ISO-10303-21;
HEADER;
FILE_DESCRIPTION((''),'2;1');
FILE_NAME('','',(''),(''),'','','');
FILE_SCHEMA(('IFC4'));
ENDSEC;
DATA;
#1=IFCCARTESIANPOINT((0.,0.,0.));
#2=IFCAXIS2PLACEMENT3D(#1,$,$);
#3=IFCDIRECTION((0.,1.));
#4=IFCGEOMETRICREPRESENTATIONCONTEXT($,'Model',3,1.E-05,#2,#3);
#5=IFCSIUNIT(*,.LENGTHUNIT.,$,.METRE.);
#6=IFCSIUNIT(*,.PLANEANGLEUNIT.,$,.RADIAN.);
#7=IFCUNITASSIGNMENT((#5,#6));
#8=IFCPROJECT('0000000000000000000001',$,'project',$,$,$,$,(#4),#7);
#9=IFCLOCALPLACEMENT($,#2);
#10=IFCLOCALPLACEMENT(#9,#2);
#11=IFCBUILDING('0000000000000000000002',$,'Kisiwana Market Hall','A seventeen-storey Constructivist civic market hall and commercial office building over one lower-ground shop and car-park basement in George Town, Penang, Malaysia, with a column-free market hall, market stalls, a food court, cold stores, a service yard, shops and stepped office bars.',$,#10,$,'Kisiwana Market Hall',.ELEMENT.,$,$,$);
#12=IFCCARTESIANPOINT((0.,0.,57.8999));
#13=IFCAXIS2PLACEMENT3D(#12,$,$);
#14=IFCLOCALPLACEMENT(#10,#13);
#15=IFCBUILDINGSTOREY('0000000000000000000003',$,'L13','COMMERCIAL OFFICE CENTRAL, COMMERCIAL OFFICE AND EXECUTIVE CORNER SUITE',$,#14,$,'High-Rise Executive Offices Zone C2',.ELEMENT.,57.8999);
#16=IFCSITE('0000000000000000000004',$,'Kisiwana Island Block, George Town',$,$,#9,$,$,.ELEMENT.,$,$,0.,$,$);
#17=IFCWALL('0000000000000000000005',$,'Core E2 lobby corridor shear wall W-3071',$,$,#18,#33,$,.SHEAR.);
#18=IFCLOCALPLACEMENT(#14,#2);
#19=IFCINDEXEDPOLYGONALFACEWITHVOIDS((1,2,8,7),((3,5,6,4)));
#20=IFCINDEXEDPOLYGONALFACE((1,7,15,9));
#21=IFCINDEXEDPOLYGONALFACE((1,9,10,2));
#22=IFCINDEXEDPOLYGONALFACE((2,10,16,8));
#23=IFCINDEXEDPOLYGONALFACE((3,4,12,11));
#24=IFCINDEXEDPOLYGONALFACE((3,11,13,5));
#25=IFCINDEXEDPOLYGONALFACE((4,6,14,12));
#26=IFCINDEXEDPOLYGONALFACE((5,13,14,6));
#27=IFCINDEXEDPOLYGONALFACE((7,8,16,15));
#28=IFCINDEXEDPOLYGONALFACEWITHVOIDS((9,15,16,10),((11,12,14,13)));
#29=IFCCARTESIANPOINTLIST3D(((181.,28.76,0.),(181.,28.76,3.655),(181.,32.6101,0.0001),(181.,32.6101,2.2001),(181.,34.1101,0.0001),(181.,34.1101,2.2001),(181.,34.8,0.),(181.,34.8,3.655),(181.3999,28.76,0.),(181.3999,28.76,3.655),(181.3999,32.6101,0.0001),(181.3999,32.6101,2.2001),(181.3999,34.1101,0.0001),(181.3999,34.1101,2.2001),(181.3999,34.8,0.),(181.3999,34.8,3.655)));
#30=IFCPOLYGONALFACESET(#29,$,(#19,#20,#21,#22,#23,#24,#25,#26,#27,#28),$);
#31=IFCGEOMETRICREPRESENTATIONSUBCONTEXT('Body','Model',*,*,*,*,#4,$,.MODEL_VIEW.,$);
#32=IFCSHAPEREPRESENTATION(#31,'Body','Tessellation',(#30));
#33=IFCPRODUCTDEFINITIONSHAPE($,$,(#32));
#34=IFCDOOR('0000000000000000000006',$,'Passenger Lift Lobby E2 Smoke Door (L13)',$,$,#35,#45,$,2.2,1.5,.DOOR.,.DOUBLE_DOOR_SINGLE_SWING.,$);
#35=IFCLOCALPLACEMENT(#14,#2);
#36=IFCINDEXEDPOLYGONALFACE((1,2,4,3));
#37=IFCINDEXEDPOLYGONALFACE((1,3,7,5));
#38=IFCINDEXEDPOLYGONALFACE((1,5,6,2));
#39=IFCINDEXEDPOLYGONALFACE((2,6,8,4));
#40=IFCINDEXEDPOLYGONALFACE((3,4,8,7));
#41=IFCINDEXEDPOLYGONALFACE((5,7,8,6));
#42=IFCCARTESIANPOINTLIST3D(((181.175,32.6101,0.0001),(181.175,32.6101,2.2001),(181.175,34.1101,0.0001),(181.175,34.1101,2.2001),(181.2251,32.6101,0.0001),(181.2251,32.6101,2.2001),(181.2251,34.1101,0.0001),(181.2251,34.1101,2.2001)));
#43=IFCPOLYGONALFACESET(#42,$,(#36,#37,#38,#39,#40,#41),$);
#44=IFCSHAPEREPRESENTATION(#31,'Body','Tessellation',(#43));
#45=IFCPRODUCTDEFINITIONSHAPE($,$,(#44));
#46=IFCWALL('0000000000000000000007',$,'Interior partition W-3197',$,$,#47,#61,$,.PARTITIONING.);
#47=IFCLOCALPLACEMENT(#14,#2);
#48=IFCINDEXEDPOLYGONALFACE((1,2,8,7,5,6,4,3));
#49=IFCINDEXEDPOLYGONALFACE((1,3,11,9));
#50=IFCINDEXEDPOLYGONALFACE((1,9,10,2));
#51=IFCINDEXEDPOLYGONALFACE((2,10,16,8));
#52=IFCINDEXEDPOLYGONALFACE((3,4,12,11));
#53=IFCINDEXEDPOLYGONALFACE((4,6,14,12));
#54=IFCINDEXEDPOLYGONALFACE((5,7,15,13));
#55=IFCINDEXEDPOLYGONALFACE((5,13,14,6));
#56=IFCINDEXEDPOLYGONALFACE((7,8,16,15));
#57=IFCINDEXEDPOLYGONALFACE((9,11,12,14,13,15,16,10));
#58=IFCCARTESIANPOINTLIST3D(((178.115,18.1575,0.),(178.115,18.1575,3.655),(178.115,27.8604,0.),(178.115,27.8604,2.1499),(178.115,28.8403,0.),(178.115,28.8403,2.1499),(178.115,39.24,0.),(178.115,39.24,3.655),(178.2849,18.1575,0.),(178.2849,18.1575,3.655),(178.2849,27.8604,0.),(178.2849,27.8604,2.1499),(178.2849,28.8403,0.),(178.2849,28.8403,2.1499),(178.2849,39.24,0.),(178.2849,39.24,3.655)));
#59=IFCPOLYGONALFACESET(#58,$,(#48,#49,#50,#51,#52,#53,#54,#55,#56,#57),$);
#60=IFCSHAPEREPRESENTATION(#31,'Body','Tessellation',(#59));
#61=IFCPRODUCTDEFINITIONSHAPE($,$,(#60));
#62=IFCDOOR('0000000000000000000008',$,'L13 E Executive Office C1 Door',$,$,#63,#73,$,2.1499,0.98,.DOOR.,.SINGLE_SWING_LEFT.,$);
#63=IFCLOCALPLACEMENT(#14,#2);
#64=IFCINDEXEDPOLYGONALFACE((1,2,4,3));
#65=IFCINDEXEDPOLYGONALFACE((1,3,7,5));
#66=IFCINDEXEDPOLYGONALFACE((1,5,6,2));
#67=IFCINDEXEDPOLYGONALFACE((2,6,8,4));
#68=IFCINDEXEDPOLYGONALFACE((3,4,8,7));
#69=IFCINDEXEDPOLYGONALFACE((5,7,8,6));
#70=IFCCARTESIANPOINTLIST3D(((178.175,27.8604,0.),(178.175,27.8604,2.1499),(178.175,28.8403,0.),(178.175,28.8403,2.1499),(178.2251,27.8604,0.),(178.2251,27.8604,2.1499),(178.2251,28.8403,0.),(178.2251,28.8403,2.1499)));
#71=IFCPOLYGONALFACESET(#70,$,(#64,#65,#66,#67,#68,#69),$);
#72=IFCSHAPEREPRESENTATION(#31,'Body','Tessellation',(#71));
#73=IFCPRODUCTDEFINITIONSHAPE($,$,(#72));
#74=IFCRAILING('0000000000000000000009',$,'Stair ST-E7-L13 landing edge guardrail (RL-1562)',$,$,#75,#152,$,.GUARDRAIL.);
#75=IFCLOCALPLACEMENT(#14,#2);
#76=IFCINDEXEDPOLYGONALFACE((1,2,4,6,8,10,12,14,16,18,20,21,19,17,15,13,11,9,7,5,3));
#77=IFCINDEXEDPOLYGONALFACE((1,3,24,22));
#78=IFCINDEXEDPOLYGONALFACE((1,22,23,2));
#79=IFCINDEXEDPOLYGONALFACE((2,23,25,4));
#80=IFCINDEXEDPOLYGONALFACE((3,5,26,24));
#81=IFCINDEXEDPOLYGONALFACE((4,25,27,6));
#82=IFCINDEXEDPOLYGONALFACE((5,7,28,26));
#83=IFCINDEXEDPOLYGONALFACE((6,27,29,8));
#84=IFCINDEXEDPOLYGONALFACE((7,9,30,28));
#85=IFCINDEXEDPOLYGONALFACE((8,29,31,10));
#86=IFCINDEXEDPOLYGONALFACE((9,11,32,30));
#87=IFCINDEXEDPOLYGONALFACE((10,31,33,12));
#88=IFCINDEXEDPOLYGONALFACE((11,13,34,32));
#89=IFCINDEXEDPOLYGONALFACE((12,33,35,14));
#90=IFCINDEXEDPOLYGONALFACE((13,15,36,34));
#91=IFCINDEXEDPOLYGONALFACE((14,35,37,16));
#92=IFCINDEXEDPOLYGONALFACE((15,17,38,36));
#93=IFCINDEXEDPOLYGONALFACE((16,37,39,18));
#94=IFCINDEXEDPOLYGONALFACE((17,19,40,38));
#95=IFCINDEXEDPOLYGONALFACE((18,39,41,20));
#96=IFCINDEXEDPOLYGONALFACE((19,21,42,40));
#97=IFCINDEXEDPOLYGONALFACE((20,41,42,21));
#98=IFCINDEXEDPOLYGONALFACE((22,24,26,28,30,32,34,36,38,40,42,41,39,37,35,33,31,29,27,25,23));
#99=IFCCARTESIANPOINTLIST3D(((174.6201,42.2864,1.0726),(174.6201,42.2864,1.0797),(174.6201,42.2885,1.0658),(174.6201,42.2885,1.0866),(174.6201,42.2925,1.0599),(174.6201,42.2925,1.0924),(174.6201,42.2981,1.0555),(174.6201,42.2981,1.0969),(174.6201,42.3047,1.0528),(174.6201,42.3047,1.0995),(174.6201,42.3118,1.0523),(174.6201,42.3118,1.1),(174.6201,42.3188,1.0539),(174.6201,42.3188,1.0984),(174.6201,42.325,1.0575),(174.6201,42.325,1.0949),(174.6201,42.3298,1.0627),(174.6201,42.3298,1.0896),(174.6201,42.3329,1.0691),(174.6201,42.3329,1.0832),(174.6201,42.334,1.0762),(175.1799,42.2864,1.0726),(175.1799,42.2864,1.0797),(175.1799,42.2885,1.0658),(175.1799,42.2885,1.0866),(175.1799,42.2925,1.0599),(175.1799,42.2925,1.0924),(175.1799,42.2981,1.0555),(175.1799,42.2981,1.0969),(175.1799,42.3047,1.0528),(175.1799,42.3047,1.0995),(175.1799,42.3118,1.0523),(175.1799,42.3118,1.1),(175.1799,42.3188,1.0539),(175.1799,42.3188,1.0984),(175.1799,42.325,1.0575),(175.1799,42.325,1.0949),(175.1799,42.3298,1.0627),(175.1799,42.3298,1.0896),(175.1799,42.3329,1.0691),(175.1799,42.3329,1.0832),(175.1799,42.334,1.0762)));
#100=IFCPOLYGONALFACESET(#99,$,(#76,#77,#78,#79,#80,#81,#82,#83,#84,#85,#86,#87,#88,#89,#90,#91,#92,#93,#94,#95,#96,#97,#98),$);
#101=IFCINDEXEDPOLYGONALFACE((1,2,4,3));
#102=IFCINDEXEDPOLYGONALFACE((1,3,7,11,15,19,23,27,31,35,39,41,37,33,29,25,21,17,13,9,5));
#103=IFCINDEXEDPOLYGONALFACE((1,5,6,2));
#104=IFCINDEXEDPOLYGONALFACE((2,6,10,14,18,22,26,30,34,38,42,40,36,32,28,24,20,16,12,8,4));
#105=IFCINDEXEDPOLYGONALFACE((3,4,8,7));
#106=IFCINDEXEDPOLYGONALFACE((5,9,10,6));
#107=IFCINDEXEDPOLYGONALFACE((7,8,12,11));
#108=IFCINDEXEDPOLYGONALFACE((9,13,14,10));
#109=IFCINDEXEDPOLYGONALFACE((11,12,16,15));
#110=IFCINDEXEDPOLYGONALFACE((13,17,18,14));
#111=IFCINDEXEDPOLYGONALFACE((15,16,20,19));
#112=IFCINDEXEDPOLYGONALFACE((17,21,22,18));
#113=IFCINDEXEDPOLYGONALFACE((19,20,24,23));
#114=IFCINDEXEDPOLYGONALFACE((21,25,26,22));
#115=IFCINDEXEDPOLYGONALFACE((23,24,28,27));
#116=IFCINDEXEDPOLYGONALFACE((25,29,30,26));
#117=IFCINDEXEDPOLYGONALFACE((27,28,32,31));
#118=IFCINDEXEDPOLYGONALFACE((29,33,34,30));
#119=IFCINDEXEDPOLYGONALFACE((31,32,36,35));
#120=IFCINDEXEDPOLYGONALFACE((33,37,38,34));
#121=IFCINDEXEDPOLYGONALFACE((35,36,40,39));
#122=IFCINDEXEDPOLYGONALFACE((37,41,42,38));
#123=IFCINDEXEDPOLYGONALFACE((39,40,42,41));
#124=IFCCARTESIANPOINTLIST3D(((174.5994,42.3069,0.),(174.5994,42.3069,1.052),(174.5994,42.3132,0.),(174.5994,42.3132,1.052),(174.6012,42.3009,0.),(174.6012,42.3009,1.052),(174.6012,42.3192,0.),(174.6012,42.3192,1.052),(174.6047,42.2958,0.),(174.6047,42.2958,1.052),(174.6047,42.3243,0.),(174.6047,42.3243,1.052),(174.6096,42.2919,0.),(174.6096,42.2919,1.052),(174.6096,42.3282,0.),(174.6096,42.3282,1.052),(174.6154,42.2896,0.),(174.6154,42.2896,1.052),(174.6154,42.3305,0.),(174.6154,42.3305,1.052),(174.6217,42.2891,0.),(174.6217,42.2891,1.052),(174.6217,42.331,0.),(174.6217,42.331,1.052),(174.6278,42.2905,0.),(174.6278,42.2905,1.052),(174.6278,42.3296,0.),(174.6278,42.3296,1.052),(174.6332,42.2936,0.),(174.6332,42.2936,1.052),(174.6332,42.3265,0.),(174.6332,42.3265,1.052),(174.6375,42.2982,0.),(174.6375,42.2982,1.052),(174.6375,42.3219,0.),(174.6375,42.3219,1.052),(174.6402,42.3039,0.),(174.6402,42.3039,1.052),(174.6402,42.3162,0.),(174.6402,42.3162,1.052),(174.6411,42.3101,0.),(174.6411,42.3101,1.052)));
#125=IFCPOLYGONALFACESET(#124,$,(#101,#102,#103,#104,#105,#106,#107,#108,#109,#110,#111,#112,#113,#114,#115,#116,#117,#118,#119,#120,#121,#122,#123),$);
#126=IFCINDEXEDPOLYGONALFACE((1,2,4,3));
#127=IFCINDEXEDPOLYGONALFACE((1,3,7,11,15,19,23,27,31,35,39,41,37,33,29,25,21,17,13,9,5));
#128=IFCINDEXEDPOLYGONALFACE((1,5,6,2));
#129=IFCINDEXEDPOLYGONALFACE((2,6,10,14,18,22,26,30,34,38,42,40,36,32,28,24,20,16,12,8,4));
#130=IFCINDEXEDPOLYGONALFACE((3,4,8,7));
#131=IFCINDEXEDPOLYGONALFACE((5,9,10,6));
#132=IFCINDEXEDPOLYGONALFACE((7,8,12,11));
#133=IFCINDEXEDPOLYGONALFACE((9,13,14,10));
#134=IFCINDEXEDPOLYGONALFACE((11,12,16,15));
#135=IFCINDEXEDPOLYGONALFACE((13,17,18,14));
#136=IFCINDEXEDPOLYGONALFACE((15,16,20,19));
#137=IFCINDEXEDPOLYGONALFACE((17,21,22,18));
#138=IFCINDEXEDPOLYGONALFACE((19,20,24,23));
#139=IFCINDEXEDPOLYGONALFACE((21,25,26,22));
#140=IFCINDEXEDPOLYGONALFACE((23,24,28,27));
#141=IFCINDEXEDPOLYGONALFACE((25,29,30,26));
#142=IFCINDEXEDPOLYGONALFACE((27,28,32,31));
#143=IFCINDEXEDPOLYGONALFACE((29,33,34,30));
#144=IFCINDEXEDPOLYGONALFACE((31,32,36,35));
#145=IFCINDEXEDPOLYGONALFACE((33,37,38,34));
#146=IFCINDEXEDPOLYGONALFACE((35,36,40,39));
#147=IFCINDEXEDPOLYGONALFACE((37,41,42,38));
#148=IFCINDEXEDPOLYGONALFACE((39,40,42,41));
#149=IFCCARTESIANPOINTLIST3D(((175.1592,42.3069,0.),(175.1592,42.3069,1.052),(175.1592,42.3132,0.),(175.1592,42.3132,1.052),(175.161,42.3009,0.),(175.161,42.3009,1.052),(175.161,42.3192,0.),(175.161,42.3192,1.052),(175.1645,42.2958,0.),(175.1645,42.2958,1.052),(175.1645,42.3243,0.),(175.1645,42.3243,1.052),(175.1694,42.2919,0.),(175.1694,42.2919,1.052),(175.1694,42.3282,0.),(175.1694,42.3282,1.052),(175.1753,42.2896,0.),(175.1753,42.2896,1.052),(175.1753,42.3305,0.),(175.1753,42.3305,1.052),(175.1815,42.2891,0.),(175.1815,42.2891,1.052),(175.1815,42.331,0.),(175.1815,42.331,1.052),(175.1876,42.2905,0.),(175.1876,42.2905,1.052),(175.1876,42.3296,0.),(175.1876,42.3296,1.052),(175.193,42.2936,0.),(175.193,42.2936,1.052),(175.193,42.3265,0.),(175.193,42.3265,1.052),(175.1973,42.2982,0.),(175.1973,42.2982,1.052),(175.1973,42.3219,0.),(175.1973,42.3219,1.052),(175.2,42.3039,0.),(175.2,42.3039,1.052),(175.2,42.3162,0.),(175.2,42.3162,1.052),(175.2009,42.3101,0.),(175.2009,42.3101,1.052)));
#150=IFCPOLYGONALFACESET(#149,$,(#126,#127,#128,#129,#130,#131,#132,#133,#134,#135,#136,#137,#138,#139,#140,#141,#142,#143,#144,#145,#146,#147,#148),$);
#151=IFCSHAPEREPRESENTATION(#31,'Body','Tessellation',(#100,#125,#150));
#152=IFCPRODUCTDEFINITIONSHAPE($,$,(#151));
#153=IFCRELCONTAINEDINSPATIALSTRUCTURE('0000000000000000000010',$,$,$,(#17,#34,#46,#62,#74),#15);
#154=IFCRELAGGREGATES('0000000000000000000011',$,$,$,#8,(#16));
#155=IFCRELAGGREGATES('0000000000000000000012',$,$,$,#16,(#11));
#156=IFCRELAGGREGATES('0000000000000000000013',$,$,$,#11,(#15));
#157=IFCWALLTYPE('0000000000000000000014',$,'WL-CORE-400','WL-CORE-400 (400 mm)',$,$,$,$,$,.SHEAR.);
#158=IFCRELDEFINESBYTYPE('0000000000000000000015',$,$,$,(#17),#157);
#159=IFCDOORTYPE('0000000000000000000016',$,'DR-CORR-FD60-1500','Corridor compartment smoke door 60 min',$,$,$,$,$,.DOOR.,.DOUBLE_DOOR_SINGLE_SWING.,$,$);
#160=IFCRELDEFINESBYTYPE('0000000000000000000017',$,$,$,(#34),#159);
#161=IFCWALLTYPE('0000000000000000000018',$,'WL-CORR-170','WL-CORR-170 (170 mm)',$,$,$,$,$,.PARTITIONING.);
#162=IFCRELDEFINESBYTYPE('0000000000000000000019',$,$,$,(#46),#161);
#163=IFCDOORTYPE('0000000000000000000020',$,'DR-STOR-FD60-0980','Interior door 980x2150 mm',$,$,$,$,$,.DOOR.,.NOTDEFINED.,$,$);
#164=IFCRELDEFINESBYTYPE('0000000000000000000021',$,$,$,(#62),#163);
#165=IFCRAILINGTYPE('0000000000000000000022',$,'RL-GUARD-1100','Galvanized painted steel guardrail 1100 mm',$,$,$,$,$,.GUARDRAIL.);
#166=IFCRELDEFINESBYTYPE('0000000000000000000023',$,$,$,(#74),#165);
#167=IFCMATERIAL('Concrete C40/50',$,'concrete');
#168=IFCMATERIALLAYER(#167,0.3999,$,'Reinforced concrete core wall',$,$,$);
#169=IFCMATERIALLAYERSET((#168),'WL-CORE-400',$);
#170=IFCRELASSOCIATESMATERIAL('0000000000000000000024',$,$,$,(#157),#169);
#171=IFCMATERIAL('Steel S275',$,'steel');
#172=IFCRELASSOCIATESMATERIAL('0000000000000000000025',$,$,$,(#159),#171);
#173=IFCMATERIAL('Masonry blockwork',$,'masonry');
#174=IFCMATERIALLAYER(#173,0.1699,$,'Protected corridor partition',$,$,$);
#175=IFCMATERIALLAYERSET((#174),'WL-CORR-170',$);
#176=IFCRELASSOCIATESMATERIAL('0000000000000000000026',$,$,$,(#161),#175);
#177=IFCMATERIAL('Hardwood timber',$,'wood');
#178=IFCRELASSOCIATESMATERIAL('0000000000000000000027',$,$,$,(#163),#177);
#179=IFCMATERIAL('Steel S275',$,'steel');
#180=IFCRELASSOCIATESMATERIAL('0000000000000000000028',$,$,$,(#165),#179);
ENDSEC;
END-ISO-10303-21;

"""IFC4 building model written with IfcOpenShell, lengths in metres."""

from ifc_helpers import new_model, si_unit, direction, frame, frame_2d, origin, origin_2d, place, context, subcontext, project, spatial, rectangle, circle, extrude, material, layer, layer_set, type_object, element, fill, save


model = new_model("IFC4")

# Units and contexts
model_context = context("Model", 3, precision=1e-05, world=origin(), true_north=direction((0.0, 1.0)))
body_context = subcontext(model_context, "Body", "Model", "MODEL_VIEW")
ifc_project = project(units=[si_unit("LENGTHUNIT", "METRE"), si_unit("PLANEANGLEUNIT", "RADIAN")], contexts=[model_context])

# Site, building, storey
site_placement = place(None, origin())
site = spatial("IfcSite", under=ifc_project, at=site_placement, Name="Kisiwana Island Block, George Town", CompositionType="ELEMENT", RefElevation=0.0)
building_placement = place(site_placement, origin())
building = spatial("IfcBuilding", under=site, at=building_placement, Name="Kisiwana Market Hall", Description="A seventeen-storey Constructivist civic market hall and commercial office building over one lower-ground shop and car-park basement in George Town, Penang, Malaysia, with a column-free market hall, market stalls, a food court, cold stores, a service yard, shops and stepped office bars.", LongName="Kisiwana Market Hall", CompositionType="ELEMENT")
storey_placement = place(building_placement, frame((0.0, 0.0, 57.8999)))
storey = spatial("IfcBuildingStorey", under=building, at=storey_placement, Name="L13", Description="COMMERCIAL OFFICE CENTRAL, COMMERCIAL OFFICE AND EXECUTIVE CORNER SUITE", LongName="High-Rise Executive Offices Zone C2", CompositionType="ELEMENT", Elevation=57.8999)

# Shared definitions
ifc_material_1 = material(Name="Concrete C40/50", Category="concrete")
ifc_layer_1 = layer(ifc_material_1, 0.3999, Name="Reinforced concrete core wall")
ifc_layer_set_1 = layer_set([ifc_layer_1], Name="WL-CORE-400")
wall_type_1 = type_object("IfcWallType", Name="WL-CORE-400", Description="WL-CORE-400 (400 mm)", PredefinedType="SHEAR", material=ifc_layer_set_1)

# Walls, openings, doors
wall_1_placement = place(storey_placement, frame((181.2, 28.76, 0.0), z_axis=(0.0, 0.0, 1.0), x_axis=(0.0, 1.0, 0.0)))
wall_1 = element("IfcWall", 1, at=wall_1_placement, inside=storey, type_object=wall_type_1, Name="Core E2 lobby corridor shear wall W-3071", PredefinedType="SHEAR", context=body_context, shape_type="SweptSolid", body=[
    extrude(rectangle(XDim=6.04, YDim=0.3999, at=frame_2d((3.02, 0.0))), origin(), (0.0, 0.0, 1.0), 3.655),
])
opening_1_placement = place(wall_1_placement, frame((3.8501, 0.0, 0.0)))
opening_1 = element("IfcOpeningElement", 2, at=opening_1_placement, cuts=wall_1, PredefinedType="OPENING", context=body_context, shape_type="SweptSolid", body=[
    extrude(rectangle(XDim=1.5, YDim=2.2, at=frame_2d((0.75, 1.1001))), frame((0.0, 0.2119, 0.0), z_axis=(0.0, -1.0, 0.0), x_axis=(1.0, 0.0, 0.0)), (0.0, 0.0, 1.0), 0.4238),
])
ifc_material_2 = material(Name="Steel S275", Category="steel")
door_type_1 = type_object("IfcDoorType", Name="DR-CORR-FD60-1500", Description="Corridor compartment smoke door 60 min", OperationType="DOUBLE_DOOR_SINGLE_SWING", PredefinedType="DOOR", material=ifc_material_2)
door_1_placement = place(opening_1_placement, origin())
door_1 = element("IfcDoor", 3, at=door_1_placement, inside=storey, type_object=door_type_1, Name="Passenger Lift Lobby E2 Smoke Door (L13)", OperationType="DOUBLE_DOOR_SINGLE_SWING", OverallHeight=2.2, OverallWidth=1.5, PredefinedType="DOOR", context=body_context, shape_type="SweptSolid", body=[
    extrude(rectangle(XDim=1.5, YDim=2.2, at=frame_2d((0.75, 1.1001))), frame((0.0, 0.0249, 0.0), z_axis=(0.0, -1.0, 0.0), x_axis=(1.0, 0.0, 0.0)), (0.0, 0.0, 1.0), 0.05),
])
fill(opening_1, door_1)
ifc_material_3 = material(Name="Masonry blockwork", Category="masonry")
ifc_layer_2 = layer(ifc_material_3, 0.1699, Name="Protected corridor partition")
ifc_layer_set_2 = layer_set([ifc_layer_2], Name="WL-CORR-170")
wall_type_2 = type_object("IfcWallType", Name="WL-CORR-170", Description="WL-CORR-170 (170 mm)", PredefinedType="PARTITIONING", material=ifc_layer_set_2)
wall_2_placement = place(storey_placement, frame((178.2, 18.1575, 0.0), z_axis=(0.0, 0.0, 1.0), x_axis=(0.0, 1.0, 0.0)))
wall_2 = element("IfcWall", 4, at=wall_2_placement, inside=storey, type_object=wall_type_2, Name="Interior partition W-3197", PredefinedType="PARTITIONING", context=body_context, shape_type="SweptSolid", body=[
    extrude(rectangle(XDim=21.0825, YDim=0.1699, at=frame_2d((10.5413, 0.0))), origin(), (0.0, 0.0, 1.0), 3.655),
])
opening_2_placement = place(wall_2_placement, frame((9.7029, 0.0, 0.0)))
opening_2 = element("IfcOpeningElement", 5, at=opening_2_placement, cuts=wall_2, PredefinedType="OPENING", context=body_context, shape_type="SweptSolid", body=[
    extrude(rectangle(XDim=0.98, YDim=2.1499, at=frame_2d((0.49, 1.075))), frame((0.0, 0.0969, 0.0), z_axis=(0.0, -1.0, 0.0), x_axis=(1.0, 0.0, 0.0)), (0.0, 0.0, 1.0), 0.1938),
])
ifc_material_4 = material(Name="Hardwood timber", Category="wood")
door_type_2 = type_object("IfcDoorType", Name="DR-STOR-FD60-0980", Description="Interior door 980x2150 mm", OperationType="NOTDEFINED", PredefinedType="DOOR", material=ifc_material_4)
door_2_placement = place(opening_2_placement, origin())
door_2 = element("IfcDoor", 6, at=door_2_placement, inside=storey, type_object=door_type_2, Name="L13 E Executive Office C1 Door", OperationType="SINGLE_SWING_LEFT", OverallHeight=2.1499, OverallWidth=0.98, PredefinedType="DOOR", context=body_context, shape_type="SweptSolid", body=[
    extrude(rectangle(XDim=0.98, YDim=2.1499, at=frame_2d((0.49, 1.075))), frame((0.0, 0.0249, 0.0), z_axis=(0.0, -1.0, 0.0), x_axis=(1.0, 0.0, 0.0)), (0.0, 0.0, 1.0), 0.05),
])
fill(opening_2, door_2)

# Railing
ifc_material_5 = material(Name="Steel S275", Category="steel")
railing_type_1 = type_object("IfcRailingType", Name="RL-GUARD-1100", Description="Galvanized painted steel guardrail 1100 mm", PredefinedType="GUARDRAIL", material=ifc_material_5)
for number, where, name in (
    (7, (174.6201, 42.3101, 0.0), "Stair ST-E7-L13 landing edge guardrail (RL-1562)"),
):
    element("IfcRailing", number, at=place(storey_placement, frame(where)), inside=storey, type_object=railing_type_1, Name=name, PredefinedType="GUARDRAIL", context=body_context, shape_type="SweptSolid", body=[
        extrude(circle(Radius=0.0239, at=origin_2d()), frame((0.0, 0.0, 1.0762), z_axis=(1.0, 0.0, 0.0), x_axis=(0.0, 1.0, 0.0)), (0.0, 0.0, 1.0), 0.5598),
        extrude(circle(Radius=0.021, at=origin_2d()), origin(), (0.0, 0.0, 1.0), 1.052),
        extrude(circle(Radius=0.021, at=origin_2d()), frame((0.5598, 0.0, 0.0)), (0.0, 0.0, 1.0), 1.052),
    ])

save(model, "model.ifc")
